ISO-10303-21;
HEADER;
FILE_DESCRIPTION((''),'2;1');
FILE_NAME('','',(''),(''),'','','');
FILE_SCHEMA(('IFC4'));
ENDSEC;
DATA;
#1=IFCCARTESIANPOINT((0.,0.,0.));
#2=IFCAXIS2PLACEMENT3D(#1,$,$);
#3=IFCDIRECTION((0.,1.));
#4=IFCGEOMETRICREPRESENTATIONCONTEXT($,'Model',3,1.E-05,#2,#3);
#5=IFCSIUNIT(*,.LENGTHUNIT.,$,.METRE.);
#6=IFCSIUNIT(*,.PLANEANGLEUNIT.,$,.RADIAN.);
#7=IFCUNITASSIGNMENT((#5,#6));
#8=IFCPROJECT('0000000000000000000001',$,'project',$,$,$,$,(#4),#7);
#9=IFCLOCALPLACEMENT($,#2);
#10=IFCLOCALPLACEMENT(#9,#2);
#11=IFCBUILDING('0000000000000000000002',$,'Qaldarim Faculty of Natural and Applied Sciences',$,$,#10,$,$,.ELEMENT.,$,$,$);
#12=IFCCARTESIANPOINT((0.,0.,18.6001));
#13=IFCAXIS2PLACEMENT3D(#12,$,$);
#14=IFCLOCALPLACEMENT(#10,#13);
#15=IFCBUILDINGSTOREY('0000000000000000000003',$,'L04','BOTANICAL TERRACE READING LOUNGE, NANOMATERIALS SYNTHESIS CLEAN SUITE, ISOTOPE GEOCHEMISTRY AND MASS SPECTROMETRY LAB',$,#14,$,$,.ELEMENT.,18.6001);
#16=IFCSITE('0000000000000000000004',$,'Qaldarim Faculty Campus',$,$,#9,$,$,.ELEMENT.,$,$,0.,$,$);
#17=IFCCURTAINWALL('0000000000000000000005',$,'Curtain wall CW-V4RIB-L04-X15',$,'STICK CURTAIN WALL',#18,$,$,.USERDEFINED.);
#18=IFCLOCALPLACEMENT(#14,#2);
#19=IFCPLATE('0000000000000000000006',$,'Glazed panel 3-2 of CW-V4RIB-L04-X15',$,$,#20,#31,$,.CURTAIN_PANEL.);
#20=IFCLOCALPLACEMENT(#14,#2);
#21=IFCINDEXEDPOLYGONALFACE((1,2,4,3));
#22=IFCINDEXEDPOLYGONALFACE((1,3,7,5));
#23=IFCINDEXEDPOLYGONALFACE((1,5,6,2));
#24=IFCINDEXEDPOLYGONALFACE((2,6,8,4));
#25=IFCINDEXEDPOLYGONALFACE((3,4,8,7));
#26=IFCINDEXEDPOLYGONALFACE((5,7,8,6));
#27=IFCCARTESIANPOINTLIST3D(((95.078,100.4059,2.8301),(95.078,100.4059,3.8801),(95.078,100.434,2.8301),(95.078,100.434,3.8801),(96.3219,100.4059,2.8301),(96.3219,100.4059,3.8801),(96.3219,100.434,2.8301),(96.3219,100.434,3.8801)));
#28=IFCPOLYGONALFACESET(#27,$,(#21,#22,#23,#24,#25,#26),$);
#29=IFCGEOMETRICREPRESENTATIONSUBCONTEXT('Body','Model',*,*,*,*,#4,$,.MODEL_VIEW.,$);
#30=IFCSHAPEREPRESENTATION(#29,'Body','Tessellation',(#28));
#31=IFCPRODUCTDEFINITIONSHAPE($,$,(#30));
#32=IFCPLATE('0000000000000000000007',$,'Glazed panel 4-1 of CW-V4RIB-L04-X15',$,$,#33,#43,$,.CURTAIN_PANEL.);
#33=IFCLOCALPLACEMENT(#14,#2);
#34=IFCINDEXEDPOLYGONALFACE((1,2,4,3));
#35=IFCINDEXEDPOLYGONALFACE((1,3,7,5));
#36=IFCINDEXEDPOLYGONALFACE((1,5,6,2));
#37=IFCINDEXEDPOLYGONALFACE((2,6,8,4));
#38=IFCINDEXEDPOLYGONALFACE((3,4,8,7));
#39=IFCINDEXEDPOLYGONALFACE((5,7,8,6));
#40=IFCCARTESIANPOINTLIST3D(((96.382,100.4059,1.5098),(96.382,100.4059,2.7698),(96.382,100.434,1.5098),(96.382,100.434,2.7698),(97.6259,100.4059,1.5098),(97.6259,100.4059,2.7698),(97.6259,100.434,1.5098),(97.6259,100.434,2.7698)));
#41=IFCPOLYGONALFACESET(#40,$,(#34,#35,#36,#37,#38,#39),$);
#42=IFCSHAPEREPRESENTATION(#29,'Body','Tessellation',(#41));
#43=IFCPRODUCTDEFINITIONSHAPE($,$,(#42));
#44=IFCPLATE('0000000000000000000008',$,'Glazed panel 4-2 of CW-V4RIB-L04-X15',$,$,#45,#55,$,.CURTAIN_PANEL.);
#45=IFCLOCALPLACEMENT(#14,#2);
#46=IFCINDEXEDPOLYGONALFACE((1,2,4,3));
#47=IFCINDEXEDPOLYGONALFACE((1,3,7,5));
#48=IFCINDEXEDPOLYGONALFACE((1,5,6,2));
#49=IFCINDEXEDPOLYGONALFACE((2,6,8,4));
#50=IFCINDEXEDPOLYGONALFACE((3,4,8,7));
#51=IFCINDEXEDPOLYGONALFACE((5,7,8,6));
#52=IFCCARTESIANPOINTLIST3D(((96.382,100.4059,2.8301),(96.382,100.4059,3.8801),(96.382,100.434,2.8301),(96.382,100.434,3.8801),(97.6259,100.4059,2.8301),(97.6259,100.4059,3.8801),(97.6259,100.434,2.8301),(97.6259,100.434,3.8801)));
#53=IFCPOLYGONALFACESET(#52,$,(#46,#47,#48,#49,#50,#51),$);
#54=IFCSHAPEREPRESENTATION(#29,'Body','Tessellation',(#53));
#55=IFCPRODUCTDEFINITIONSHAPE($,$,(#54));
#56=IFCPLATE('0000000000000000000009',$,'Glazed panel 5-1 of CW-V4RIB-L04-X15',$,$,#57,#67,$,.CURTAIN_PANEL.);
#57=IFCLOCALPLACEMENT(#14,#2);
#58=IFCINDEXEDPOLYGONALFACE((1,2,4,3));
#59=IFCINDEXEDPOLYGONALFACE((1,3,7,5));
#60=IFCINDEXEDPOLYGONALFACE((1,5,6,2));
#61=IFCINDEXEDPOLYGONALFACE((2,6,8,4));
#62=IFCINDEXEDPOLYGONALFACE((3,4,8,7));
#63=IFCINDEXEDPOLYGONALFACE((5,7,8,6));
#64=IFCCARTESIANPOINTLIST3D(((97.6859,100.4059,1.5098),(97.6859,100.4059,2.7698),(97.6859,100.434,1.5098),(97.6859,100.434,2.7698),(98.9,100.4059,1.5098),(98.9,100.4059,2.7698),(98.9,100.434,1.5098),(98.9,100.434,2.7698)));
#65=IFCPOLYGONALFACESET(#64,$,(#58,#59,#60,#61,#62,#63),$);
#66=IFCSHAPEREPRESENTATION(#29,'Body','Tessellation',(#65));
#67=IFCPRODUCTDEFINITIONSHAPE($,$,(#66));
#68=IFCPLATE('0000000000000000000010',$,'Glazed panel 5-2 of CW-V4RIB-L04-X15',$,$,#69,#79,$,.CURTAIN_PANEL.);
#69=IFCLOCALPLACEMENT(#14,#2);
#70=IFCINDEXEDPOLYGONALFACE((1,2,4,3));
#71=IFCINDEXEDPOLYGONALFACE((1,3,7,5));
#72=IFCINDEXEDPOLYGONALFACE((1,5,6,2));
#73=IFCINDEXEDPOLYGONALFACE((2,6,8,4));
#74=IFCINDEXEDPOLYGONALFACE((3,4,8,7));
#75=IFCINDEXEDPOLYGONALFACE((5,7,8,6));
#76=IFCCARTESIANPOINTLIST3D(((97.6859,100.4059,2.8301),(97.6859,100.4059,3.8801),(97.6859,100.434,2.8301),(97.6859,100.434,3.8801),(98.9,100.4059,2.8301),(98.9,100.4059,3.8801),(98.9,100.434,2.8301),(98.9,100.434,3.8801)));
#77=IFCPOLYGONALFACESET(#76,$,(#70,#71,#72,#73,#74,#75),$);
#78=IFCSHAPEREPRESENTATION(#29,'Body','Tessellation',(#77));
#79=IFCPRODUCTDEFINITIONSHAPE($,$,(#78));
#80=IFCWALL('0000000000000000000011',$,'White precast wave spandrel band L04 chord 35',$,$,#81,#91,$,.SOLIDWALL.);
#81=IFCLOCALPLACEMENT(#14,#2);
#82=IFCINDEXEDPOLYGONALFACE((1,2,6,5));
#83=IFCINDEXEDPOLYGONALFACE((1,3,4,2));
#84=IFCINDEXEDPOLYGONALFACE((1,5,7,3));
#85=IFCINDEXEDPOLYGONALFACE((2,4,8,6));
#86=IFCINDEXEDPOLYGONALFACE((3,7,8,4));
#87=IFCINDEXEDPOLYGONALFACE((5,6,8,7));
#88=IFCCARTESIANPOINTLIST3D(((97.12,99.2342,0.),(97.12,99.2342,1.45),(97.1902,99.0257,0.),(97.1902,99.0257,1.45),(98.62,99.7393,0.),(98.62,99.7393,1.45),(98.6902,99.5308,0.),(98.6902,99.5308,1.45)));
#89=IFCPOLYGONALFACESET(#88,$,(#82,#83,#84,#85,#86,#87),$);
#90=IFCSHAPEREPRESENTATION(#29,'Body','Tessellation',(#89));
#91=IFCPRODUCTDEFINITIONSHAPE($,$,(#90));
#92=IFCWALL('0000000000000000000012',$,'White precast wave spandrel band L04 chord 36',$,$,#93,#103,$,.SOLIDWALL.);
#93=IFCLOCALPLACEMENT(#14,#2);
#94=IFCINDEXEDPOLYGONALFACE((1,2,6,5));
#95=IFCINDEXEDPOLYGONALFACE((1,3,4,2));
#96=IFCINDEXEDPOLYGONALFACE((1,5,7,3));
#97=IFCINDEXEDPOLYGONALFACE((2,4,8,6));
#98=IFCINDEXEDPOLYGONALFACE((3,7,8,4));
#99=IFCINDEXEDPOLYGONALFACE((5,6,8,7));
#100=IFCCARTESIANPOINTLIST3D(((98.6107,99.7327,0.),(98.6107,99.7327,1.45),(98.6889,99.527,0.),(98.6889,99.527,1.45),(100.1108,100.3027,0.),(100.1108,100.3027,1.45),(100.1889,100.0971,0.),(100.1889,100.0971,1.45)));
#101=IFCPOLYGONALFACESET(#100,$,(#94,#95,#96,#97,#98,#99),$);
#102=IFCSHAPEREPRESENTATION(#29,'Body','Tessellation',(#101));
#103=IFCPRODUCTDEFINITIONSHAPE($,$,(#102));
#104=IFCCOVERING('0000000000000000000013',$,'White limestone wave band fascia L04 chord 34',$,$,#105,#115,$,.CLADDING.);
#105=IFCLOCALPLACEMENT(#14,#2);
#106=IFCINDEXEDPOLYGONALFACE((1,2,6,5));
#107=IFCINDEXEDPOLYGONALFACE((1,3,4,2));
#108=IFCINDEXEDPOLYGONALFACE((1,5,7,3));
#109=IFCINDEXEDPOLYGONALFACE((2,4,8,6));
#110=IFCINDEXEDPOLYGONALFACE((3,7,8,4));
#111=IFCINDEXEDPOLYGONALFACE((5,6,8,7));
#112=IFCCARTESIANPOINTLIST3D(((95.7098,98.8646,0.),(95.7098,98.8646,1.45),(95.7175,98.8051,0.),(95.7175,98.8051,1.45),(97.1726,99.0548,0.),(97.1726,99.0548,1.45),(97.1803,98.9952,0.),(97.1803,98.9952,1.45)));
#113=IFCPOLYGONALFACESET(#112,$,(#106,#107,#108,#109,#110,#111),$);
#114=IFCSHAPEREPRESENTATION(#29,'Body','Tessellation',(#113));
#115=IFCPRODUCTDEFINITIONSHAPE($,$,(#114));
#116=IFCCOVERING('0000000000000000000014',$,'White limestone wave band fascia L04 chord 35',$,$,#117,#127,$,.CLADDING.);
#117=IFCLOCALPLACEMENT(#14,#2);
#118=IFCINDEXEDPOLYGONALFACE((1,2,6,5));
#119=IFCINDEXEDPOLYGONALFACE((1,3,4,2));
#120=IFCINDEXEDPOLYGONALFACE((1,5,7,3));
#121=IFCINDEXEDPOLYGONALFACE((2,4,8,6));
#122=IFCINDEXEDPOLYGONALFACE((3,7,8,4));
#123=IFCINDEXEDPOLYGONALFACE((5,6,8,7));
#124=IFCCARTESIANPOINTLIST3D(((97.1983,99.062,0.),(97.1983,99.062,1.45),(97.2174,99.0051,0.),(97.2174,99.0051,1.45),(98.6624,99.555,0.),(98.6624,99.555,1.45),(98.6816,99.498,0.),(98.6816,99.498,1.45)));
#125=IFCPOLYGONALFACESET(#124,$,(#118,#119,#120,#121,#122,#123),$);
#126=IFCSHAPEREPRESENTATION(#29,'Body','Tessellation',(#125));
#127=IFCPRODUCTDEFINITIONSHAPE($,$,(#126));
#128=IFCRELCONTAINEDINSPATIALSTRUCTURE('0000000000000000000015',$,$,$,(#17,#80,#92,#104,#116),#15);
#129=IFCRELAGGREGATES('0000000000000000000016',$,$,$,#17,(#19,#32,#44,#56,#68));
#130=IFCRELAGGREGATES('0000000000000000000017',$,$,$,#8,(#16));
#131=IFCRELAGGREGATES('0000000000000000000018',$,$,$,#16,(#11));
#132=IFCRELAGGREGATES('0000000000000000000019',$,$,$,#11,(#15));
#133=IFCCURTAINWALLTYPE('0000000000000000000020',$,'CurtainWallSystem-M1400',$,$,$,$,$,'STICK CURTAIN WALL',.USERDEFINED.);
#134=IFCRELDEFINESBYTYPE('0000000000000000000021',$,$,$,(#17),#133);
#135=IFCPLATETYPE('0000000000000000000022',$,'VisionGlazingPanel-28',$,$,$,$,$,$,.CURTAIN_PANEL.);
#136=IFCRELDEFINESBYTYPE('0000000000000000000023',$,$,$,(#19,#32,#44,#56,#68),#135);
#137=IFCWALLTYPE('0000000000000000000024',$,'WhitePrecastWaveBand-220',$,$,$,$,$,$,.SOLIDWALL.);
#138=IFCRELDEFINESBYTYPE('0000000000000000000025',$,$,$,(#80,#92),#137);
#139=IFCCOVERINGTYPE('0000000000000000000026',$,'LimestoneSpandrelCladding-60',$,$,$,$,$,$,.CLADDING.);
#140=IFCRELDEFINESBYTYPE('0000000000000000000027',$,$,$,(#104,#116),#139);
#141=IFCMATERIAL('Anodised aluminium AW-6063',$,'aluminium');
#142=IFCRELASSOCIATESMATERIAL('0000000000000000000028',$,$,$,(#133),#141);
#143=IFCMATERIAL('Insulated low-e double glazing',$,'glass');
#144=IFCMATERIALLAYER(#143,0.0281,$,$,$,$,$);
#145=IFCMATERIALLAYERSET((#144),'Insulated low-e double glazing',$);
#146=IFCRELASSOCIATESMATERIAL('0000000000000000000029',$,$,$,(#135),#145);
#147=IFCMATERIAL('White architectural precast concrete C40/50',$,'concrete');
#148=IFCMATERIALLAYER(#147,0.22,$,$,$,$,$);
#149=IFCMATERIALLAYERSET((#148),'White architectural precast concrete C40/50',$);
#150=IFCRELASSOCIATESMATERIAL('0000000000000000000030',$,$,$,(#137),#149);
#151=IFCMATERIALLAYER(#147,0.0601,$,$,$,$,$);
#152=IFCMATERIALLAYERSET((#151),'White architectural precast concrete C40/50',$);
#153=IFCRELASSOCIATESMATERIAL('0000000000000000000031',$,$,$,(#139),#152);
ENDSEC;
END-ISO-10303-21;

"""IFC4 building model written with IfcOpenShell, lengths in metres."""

from ifc_helpers import new_model, si_unit, direction, frame, frame_2d, origin, origin_2d, place, context, subcontext, project, spatial, rectangle, extrude, material, layer, layer_set, type_object, element, aggregate, save


model = new_model("IFC4")

# Units and contexts
model_context = context("Model", 3, precision=1e-05, world=origin(), true_north=direction((0.0, 1.0)))
body_context = subcontext(model_context, "Body", "Model", "MODEL_VIEW")
ifc_project = project(units=[si_unit("LENGTHUNIT", "METRE"), si_unit("PLANEANGLEUNIT", "RADIAN")], contexts=[model_context])

# Site, building, storey
site_placement = place(None, origin())
site = spatial("IfcSite", under=ifc_project, at=site_placement, Name="Qaldarim Faculty Campus", CompositionType="ELEMENT", RefElevation=0.0)
building_placement = place(site_placement, origin())
building = spatial("IfcBuilding", under=site, at=building_placement, Name="Qaldarim Faculty of Natural and Applied Sciences", CompositionType="ELEMENT")
storey_placement = place(building_placement, frame((0.0, 0.0, 18.6001)))
storey = spatial("IfcBuildingStorey", under=building, at=storey_placement, Name="L04", Description="BOTANICAL TERRACE READING LOUNGE, NANOMATERIALS SYNTHESIS CLEAN SUITE, ISOTOPE GEOCHEMISTRY AND MASS SPECTROMETRY LAB", CompositionType="ELEMENT", Elevation=18.6001)

# Curtain wall
ifc_material_1 = material(Name="Anodised aluminium AW-6063", Category="aluminium")
curtain_wall_type = type_object("IfcCurtainWallType", Name="CurtainWallSystem-M1400", ElementType="STICK CURTAIN WALL", PredefinedType="USERDEFINED", material=ifc_material_1)
curtain_wall_1_placement = place(storey_placement, origin())
curtain_wall_1 = element("IfcCurtainWall", 1, at=curtain_wall_1_placement, inside=storey, type_object=curtain_wall_type, Name="Curtain wall CW-V4RIB-L04-X15", ObjectType="STICK CURTAIN WALL", PredefinedType="USERDEFINED")

# Plates
ifc_material_2 = material(Name="Insulated low-e double glazing", Category="glass")
ifc_layer_1 = layer(ifc_material_2, 0.0281)
ifc_layer_set_1 = layer_set([ifc_layer_1], Name="Insulated low-e double glazing")
plate_type = type_object("IfcPlateType", Name="VisionGlazingPanel-28", PredefinedType="CURTAIN_PANEL", material=ifc_layer_set_1)
plate_1_placement = place(storey_placement, frame((95.7, 100.4199, 2.8301), z_axis=(0.0, 0.0, 1.0), x_axis=(1.0, 0.0, 0.0)))
plate_1 = element("IfcPlate", 2, at=plate_1_placement, type_object=plate_type, Name="Glazed panel 3-2 of CW-V4RIB-L04-X15", PredefinedType="CURTAIN_PANEL", context=body_context, shape_type="SweptSolid", body=[
    extrude(rectangle(XDim=1.2439, YDim=0.0281, at=origin_2d()), origin(), (0.0, 0.0, 1.0), 1.05),
])
plate_2_placement = place(storey_placement, frame((97.0039, 100.4199, 1.5098), z_axis=(0.0, 0.0, 1.0), x_axis=(1.0, 0.0, 0.0)))
plate_2 = element("IfcPlate", 3, at=plate_2_placement, type_object=plate_type, Name="Glazed panel 4-1 of CW-V4RIB-L04-X15", PredefinedType="CURTAIN_PANEL", context=body_context, shape_type="SweptSolid", body=[
    extrude(rectangle(XDim=1.2439, YDim=0.0281, at=origin_2d()), origin(), (0.0, 0.0, 1.0), 1.26),
])
plate_3_placement = place(storey_placement, frame((97.0039, 100.4199, 2.8301), z_axis=(0.0, 0.0, 1.0), x_axis=(1.0, 0.0, 0.0)))
plate_3 = element("IfcPlate", 4, at=plate_3_placement, type_object=plate_type, Name="Glazed panel 4-2 of CW-V4RIB-L04-X15", PredefinedType="CURTAIN_PANEL", context=body_context, shape_type="SweptSolid", body=[
    extrude(rectangle(XDim=1.2439, YDim=0.0281, at=origin_2d()), origin(), (0.0, 0.0, 1.0), 1.05),
])
plate_4_placement = place(storey_placement, frame((98.293, 100.4199, 1.5098), z_axis=(0.0, 0.0, 1.0), x_axis=(1.0, 0.0, 0.0)))
plate_4 = element("IfcPlate", 5, at=plate_4_placement, type_object=plate_type, Name="Glazed panel 5-1 of CW-V4RIB-L04-X15", PredefinedType="CURTAIN_PANEL", context=body_context, shape_type="SweptSolid", body=[
    extrude(rectangle(XDim=1.2141, YDim=0.0281, at=origin_2d()), origin(), (0.0, 0.0, 1.0), 1.26),
])
plate_5_placement = place(storey_placement, frame((98.293, 100.4199, 2.8301), z_axis=(0.0, 0.0, 1.0), x_axis=(1.0, 0.0, 0.0)))
plate_5 = element("IfcPlate", 6, at=plate_5_placement, type_object=plate_type, Name="Glazed panel 5-2 of CW-V4RIB-L04-X15", PredefinedType="CURTAIN_PANEL", context=body_context, shape_type="SweptSolid", body=[
    extrude(rectangle(XDim=1.2141, YDim=0.0281, at=origin_2d()), origin(), (0.0, 0.0, 1.0), 1.05),
])
aggregate(curtain_wall_1, [plate_1, plate_2, plate_3, plate_4, plate_5])

# Walls
ifc_material_3 = material(Name="White architectural precast concrete C40/50", Category="concrete")
ifc_layer_2 = layer(ifc_material_3, 0.22)
ifc_layer_set_2 = layer_set([ifc_layer_2], Name="White architectural precast concrete C40/50")
wall_type = type_object("IfcWallType", Name="WhitePrecastWaveBand-220", PredefinedType="SOLIDWALL", material=ifc_layer_set_2)
wall_1_placement = place(storey_placement, frame((97.155, 99.1299, 0.0), z_axis=(0.0, 0.0, 1.0), x_axis=(0.947707, 0.319142, 0.0)))
element("IfcWall", 7, at=wall_1_placement, inside=storey, type_object=wall_type, Name="White precast wave spandrel band L04 chord 35", PredefinedType="SOLIDWALL", context=body_context, shape_type="SweptSolid", body=[
    extrude(rectangle(XDim=1.5828, YDim=0.22, at=frame_2d((0.7915, 0.0))), origin(), (0.0, 0.0, 1.0), 1.45),
])
wall_2_placement = place(storey_placement, frame((98.6499, 99.6299, 0.0), z_axis=(0.0, 0.0, 1.0), x_axis=(0.934769, 0.355255, 0.0)))
element("IfcWall", 8, at=wall_2_placement, inside=storey, type_object=wall_type, Name="White precast wave spandrel band L04 chord 36", PredefinedType="SOLIDWALL", context=body_context, shape_type="SweptSolid", body=[
    extrude(rectangle(XDim=1.6047, YDim=0.22, at=frame_2d((0.8022, 0.0))), origin(), (0.0, 0.0, 1.0), 1.45),
])

# Coverings
ifc_layer_3 = layer(ifc_material_3, 0.0601)
ifc_layer_set_3 = layer_set([ifc_layer_3], Name="White architectural precast concrete C40/50")
covering_type = type_object("IfcCoveringType", Name="LimestoneSpandrelCladding-60", PredefinedType="CLADDING", material=ifc_layer_set_3)
covering_1_placement = place(storey_placement, frame((96.4451, 98.9299, 0.0), z_axis=(0.0, 0.0, 1.0), x_axis=(0.991655, 0.128917, 0.0)))
element("IfcCovering", 9, at=covering_1_placement, inside=storey, type_object=covering_type, Name="White limestone wave band fascia L04 chord 34", PredefinedType="CLADDING", context=body_context, shape_type="SweptSolid", body=[
    extrude(rectangle(XDim=1.4751, YDim=0.0601, at=origin_2d()), origin(), (0.0, 0.0, 1.0), 1.45),
])
covering_2_placement = place(storey_placement, frame((97.9399, 99.28, 0.0), z_axis=(0.0, 0.0, 1.0), x_axis=(0.947729, 0.319075, 0.0)))
element("IfcCovering", 10, at=covering_2_placement, inside=storey, type_object=covering_type, Name="White limestone wave band fascia L04 chord 35", PredefinedType="CLADDING", context=body_context, shape_type="SweptSolid", body=[
    extrude(rectangle(XDim=1.5449, YDim=0.0601, at=origin_2d()), origin(), (0.0, 0.0, 1.0), 1.45),
])

save(model, "model.ifc")
